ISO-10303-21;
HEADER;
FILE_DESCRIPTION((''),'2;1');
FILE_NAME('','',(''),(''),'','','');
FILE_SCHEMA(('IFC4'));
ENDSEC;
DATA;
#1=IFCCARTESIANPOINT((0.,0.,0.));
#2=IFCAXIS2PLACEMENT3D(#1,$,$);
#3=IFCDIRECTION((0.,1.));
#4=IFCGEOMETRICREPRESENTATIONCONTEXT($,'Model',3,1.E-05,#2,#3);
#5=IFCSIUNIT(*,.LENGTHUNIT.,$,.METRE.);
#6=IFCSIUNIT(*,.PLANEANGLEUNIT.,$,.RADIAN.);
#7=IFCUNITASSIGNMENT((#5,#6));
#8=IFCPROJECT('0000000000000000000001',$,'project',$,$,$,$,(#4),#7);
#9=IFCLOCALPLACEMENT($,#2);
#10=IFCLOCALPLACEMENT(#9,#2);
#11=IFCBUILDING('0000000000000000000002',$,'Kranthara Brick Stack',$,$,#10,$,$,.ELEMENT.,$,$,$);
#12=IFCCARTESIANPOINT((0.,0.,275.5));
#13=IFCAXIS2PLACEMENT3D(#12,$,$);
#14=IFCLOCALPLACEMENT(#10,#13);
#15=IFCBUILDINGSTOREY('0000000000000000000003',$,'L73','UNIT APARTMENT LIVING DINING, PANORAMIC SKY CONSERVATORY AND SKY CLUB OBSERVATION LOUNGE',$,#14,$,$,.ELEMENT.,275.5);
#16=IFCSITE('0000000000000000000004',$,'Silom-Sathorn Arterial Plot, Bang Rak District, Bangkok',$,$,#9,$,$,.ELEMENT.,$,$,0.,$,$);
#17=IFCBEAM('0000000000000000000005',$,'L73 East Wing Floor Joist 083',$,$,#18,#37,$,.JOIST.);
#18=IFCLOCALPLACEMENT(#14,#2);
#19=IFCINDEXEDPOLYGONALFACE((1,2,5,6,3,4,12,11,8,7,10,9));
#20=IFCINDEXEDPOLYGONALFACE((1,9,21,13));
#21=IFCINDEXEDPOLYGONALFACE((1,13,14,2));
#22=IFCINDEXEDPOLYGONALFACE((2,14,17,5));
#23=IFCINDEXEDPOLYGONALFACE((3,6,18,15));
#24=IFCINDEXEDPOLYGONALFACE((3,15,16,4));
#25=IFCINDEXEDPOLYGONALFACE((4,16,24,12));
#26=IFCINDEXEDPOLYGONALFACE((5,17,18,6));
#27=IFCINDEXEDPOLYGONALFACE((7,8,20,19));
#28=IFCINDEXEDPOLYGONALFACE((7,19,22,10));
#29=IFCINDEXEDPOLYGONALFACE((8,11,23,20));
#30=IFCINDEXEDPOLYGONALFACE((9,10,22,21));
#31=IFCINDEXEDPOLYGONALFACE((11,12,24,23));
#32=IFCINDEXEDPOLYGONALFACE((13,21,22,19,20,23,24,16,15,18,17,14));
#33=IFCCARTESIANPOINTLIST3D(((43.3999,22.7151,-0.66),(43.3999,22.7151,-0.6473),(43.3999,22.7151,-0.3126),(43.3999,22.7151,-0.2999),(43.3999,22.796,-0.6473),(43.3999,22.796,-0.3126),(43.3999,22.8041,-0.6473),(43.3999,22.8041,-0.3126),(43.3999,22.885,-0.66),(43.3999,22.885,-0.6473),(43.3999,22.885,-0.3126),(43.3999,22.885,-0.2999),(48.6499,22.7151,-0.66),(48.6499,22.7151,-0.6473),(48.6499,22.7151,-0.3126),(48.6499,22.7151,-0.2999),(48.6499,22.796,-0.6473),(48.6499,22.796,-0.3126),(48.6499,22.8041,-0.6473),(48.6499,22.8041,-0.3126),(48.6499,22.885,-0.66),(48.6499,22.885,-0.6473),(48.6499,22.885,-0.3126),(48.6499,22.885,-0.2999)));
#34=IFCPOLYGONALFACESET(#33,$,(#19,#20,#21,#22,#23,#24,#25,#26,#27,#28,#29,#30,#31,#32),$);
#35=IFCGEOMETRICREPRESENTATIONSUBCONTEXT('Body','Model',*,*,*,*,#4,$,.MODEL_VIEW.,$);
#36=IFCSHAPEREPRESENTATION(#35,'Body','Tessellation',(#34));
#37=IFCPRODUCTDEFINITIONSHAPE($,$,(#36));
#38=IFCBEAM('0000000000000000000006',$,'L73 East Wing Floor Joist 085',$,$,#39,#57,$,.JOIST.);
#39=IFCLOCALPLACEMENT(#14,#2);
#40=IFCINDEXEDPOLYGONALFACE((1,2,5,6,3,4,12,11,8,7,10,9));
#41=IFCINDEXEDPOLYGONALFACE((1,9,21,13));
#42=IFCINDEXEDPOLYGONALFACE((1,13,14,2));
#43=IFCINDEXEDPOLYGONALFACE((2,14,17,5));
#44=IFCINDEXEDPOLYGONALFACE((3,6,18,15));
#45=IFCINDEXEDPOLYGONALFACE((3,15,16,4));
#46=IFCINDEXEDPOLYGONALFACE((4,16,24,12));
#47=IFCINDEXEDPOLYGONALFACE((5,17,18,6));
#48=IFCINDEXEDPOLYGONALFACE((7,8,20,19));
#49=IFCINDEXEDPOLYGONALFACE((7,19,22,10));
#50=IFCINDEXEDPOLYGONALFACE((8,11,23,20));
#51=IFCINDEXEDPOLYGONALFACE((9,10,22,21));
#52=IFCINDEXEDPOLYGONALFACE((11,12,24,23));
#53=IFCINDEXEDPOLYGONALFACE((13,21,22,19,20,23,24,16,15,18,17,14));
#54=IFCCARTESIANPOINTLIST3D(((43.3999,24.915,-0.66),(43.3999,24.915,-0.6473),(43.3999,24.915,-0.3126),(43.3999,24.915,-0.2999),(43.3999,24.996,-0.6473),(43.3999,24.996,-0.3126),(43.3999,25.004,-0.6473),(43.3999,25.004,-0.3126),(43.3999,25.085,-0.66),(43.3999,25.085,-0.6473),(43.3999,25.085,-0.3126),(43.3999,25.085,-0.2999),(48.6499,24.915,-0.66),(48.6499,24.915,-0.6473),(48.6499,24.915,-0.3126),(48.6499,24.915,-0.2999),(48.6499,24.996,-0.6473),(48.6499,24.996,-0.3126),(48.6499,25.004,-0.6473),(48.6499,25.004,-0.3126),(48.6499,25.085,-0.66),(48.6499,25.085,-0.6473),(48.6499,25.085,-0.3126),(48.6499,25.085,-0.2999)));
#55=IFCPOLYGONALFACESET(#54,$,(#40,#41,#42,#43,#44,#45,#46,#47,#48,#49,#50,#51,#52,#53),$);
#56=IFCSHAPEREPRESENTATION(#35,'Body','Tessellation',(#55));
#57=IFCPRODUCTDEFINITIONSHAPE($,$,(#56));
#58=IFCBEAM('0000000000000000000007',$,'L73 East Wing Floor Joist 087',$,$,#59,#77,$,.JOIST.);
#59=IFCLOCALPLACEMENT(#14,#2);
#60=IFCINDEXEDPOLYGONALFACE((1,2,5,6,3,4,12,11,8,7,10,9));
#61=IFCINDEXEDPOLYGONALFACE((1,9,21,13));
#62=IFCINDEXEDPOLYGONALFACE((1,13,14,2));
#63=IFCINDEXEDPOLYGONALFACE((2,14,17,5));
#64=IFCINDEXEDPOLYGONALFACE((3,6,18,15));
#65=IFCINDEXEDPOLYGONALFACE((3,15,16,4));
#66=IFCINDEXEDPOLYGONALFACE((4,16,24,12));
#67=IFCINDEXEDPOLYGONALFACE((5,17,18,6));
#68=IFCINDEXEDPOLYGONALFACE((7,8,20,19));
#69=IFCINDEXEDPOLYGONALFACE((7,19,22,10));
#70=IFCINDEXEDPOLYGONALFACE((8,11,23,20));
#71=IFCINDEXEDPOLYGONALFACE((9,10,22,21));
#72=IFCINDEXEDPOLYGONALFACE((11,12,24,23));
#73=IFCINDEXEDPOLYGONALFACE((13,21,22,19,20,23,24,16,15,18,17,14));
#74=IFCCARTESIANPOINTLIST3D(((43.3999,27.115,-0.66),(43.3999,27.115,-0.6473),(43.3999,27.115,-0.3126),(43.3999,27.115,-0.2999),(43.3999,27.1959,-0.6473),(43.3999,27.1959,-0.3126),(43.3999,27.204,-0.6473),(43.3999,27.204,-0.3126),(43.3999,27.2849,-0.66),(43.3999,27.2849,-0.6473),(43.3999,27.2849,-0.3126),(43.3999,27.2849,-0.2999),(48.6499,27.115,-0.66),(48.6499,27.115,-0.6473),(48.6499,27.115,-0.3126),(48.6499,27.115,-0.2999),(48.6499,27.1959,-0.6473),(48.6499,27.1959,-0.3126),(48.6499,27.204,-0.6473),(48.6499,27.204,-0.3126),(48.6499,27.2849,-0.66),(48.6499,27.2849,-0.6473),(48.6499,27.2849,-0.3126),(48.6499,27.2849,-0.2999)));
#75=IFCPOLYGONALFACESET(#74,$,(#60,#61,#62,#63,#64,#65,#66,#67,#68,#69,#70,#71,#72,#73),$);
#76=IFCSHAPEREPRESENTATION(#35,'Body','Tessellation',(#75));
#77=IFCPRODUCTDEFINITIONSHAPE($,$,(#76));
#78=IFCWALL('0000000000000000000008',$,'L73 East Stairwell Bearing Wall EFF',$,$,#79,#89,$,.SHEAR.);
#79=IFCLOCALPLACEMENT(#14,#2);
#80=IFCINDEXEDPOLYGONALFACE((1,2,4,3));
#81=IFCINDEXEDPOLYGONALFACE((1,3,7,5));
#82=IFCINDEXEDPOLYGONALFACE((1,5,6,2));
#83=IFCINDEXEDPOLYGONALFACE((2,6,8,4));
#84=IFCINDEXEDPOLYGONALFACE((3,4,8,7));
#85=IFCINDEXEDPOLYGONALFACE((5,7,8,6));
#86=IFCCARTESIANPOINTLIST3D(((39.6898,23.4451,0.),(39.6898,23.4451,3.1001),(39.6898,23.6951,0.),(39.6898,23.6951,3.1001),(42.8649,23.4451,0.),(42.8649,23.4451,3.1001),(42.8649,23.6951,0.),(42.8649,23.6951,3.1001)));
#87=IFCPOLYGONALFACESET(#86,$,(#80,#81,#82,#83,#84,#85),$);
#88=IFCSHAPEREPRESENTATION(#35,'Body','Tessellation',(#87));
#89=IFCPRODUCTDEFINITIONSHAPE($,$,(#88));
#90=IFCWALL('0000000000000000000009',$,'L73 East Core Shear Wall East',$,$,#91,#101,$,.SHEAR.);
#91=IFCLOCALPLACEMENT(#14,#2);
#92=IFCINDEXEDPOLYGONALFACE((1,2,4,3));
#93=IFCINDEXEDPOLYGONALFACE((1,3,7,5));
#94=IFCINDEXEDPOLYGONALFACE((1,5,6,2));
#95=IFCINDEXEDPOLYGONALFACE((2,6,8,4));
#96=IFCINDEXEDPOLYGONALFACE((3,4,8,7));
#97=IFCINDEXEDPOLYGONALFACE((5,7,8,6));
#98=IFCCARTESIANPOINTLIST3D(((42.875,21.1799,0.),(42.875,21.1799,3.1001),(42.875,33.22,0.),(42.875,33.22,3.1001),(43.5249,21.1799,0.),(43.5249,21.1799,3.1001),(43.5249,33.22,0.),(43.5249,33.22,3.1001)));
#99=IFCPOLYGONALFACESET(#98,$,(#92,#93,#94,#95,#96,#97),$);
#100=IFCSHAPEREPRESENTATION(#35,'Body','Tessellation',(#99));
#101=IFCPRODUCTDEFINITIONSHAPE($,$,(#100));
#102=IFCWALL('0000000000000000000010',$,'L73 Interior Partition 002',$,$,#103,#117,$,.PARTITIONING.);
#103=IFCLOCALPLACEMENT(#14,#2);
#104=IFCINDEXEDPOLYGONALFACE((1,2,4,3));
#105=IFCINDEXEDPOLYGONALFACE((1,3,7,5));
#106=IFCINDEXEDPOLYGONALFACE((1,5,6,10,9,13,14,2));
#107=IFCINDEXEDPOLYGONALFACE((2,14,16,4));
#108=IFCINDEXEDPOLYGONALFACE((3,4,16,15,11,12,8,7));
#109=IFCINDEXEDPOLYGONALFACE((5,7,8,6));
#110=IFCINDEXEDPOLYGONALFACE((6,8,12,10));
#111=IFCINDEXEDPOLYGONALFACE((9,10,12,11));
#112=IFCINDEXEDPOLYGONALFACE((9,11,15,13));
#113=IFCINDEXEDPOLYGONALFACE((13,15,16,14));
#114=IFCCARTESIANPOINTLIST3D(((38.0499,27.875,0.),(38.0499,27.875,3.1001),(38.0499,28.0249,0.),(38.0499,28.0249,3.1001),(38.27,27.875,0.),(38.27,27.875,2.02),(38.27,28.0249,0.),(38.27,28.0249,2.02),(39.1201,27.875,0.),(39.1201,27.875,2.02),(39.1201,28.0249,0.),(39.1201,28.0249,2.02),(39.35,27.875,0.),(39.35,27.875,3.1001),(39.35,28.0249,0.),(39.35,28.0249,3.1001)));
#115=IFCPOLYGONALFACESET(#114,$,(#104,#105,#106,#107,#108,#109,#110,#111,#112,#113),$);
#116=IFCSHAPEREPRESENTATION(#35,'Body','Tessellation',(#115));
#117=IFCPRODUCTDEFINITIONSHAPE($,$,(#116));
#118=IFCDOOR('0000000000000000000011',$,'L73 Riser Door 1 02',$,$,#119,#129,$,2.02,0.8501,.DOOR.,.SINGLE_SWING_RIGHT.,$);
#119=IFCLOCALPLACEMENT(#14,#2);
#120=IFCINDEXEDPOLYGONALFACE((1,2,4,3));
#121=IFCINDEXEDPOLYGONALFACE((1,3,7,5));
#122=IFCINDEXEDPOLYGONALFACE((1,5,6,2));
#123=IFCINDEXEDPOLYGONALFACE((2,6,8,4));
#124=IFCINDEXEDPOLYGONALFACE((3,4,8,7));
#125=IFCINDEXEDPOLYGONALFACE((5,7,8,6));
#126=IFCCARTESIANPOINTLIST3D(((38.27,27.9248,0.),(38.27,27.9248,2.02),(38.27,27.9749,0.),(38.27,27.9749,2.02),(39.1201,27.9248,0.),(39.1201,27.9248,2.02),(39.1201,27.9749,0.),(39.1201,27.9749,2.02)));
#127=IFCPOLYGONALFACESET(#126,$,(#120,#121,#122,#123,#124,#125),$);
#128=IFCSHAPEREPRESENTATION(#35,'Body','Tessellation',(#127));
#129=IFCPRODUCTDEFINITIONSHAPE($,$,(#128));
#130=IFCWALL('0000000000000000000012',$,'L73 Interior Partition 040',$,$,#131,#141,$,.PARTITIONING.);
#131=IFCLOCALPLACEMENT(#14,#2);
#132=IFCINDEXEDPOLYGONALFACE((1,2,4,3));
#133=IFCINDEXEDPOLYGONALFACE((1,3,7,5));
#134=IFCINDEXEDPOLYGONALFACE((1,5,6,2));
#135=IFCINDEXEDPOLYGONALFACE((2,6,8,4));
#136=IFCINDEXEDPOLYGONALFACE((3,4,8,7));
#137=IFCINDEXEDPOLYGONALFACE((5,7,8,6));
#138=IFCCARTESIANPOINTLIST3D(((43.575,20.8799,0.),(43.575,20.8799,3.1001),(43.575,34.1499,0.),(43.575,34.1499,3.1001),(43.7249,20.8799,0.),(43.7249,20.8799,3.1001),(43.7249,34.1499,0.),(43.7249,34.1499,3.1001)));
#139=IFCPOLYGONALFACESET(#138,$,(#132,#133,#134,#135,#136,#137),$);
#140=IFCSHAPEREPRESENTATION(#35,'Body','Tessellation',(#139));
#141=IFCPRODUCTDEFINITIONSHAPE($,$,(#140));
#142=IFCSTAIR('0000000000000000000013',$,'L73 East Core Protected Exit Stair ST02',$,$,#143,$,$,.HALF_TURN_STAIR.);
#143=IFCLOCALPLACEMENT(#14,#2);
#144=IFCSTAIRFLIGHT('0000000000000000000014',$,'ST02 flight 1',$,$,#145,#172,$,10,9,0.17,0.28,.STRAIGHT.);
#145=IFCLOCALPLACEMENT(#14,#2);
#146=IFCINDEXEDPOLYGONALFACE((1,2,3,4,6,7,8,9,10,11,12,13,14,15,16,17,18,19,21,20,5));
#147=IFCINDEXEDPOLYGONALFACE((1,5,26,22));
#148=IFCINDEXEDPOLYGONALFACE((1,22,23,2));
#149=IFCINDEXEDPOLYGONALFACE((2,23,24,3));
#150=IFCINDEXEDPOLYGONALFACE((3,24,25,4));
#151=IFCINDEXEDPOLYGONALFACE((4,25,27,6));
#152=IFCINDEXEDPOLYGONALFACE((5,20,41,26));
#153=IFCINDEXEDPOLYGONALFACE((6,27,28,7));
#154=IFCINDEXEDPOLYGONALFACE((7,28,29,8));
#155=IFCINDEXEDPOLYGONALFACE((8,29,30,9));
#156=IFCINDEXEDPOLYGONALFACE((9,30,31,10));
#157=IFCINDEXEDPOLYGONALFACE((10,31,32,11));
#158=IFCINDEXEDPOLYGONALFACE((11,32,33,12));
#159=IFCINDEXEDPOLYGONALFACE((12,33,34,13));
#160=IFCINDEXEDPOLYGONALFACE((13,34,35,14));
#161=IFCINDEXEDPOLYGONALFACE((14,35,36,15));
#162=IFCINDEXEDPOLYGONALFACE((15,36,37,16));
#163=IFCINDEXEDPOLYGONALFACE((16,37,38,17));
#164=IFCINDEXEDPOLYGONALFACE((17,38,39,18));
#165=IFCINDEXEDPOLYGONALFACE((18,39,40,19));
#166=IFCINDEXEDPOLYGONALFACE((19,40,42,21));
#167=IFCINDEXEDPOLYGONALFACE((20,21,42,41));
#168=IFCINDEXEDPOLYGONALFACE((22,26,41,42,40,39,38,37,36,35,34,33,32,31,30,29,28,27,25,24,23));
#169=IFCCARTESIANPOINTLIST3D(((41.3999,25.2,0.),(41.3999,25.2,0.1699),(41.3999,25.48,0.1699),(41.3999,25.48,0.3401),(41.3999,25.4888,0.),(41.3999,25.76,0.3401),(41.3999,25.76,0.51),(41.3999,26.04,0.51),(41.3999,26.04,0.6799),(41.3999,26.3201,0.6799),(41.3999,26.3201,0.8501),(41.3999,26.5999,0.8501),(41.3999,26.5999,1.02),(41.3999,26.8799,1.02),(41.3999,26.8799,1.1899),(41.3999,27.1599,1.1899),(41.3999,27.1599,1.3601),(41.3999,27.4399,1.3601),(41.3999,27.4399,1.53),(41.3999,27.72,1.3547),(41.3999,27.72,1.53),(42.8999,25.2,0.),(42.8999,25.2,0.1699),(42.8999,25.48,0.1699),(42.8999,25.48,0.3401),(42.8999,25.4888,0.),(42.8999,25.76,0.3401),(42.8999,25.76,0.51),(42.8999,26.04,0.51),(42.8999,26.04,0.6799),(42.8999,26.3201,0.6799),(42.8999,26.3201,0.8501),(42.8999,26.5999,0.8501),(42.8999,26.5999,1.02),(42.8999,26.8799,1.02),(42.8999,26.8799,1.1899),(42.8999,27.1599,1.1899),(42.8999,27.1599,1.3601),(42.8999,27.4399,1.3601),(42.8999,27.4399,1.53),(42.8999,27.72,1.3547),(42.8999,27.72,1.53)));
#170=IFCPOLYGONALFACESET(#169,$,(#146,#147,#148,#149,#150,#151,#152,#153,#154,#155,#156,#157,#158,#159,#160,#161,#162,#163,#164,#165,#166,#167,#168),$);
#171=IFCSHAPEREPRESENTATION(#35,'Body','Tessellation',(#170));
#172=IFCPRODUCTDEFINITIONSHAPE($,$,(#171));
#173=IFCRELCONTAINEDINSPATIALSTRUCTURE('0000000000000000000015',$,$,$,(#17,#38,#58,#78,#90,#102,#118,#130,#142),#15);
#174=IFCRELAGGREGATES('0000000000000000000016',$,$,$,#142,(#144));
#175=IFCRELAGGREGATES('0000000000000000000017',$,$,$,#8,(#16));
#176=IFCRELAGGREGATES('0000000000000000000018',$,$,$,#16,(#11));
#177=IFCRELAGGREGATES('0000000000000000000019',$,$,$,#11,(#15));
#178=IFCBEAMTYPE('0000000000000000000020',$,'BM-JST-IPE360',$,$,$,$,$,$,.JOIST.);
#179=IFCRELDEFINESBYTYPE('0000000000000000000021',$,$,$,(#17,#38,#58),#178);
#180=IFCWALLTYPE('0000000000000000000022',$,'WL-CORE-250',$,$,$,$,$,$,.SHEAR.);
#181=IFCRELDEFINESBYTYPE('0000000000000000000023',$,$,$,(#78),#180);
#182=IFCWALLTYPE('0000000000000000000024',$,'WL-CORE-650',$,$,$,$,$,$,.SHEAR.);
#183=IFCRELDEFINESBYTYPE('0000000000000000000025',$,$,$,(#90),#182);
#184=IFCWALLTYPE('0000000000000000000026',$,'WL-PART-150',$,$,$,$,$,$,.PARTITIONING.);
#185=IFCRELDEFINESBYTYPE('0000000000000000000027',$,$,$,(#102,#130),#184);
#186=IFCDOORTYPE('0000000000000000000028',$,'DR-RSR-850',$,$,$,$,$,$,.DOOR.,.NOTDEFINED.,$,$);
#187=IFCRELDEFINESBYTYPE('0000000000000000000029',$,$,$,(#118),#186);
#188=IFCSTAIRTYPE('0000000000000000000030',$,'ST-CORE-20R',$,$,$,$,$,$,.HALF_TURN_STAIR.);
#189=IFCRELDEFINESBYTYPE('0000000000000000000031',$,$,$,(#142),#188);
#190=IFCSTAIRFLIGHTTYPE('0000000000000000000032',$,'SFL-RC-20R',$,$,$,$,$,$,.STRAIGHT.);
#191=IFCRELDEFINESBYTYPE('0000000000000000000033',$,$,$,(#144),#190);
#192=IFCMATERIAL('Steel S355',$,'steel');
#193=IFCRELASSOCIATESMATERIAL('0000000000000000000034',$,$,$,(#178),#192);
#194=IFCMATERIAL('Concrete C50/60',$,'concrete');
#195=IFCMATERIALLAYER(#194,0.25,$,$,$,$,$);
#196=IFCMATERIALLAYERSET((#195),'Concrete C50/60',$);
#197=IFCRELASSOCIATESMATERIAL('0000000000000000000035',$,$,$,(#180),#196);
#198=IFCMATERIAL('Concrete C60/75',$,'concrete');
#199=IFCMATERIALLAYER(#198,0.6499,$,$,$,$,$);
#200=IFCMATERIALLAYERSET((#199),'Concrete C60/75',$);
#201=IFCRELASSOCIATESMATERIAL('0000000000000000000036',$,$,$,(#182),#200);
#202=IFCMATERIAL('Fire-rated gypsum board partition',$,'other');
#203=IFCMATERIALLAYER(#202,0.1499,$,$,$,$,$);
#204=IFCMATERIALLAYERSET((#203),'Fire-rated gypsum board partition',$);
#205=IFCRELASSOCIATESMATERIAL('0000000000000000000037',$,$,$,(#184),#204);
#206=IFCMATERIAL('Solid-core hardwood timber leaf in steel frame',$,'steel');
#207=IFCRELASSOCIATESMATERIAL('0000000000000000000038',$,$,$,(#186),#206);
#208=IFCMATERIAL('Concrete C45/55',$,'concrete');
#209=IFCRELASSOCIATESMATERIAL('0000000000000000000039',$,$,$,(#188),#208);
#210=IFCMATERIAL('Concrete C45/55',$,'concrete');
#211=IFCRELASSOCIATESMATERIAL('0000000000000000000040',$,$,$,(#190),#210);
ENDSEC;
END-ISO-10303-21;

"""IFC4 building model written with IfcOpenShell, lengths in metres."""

from ifc_helpers import new_model, si_unit, direction, frame, frame_2d, origin, origin_2d, place, context, subcontext, project, spatial, polyline, rectangle, i_section, outline, extrude, material, layer, layer_set, material_profile, profile_set, type_object, element, fill, aggregate, save


model = new_model("IFC4")

# Units and contexts
model_context = context("Model", 3, precision=1e-05, world=origin(), true_north=direction((0.0, 1.0)))
body_context = subcontext(model_context, "Body", "Model", "MODEL_VIEW")
ifc_project = project(units=[si_unit("LENGTHUNIT", "METRE"), si_unit("PLANEANGLEUNIT", "RADIAN")], contexts=[model_context])

# Site, building, storey
site_placement = place(None, origin())
site = spatial("IfcSite", under=ifc_project, at=site_placement, Name="Silom-Sathorn Arterial Plot, Bang Rak District, Bangkok", CompositionType="ELEMENT", RefElevation=0.0)
building_placement = place(site_placement, origin())
building = spatial("IfcBuilding", under=site, at=building_placement, Name="Kranthara Brick Stack", CompositionType="ELEMENT")
storey_placement = place(building_placement, frame((0.0, 0.0, 275.5)))
storey = spatial("IfcBuildingStorey", under=building, at=storey_placement, Name="L73", Description="UNIT APARTMENT LIVING DINING, PANORAMIC SKY CONSERVATORY AND SKY CLUB OBSERVATION LOUNGE", CompositionType="ELEMENT", Elevation=275.5)

# Beams
ifc_material_1 = material(Name="Steel S355", Category="steel")
ifc_material_profile = material_profile(ifc_material_1, i_section(OverallWidth=0.1699, OverallDepth=0.3601, WebThickness=0.0081, FlangeThickness=0.0127, at=origin_2d()), Name="IPE 360")
ifc_profile_set = profile_set([ifc_material_profile], Name="Steel S355")
beam_type = type_object("IfcBeamType", Name="BM-JST-IPE360", PredefinedType="JOIST", material=ifc_profile_set)
for number, where, z_axis, x_axis, name in (
    (1, (43.3999, 22.8, -0.48), (1.0, 0.0, 0.0), (0.0, 1.0, 0.0), "L73 East Wing Floor Joist 083"),
    (2, (43.3999, 25.0, -0.48), (1.0, 0.0, 0.0), (0.0, 1.0, 0.0), "L73 East Wing Floor Joist 085"),
    (3, (43.3999, 27.2, -0.48), (1.0, 0.0, 0.0), (0.0, 1.0, 0.0), "L73 East Wing Floor Joist 087"),
):
    element("IfcBeam", number, at=place(storey_placement, frame(where, z_axis=z_axis, x_axis=x_axis)), inside=storey, type_object=beam_type, Name=name, PredefinedType="JOIST", context=body_context, shape_type="SweptSolid", body=[
        extrude(i_section(OverallWidth=0.1699, OverallDepth=0.3601, WebThickness=0.0081, FlangeThickness=0.0127, at=origin_2d()), origin(), (0.0, 0.0, 1.0), 5.25),
    ])

# Shared definitions
ifc_material_2 = material(Name="Concrete C50/60", Category="concrete")
ifc_layer_1 = layer(ifc_material_2, 0.25)
ifc_layer_set_1 = layer_set([ifc_layer_1], Name="Concrete C50/60")
wall_type_1 = type_object("IfcWallType", Name="WL-CORE-250", PredefinedType="SHEAR", material=ifc_layer_set_1)

# Walls
wall_1_placement = place(storey_placement, frame((39.6899, 23.5701, 0.0), z_axis=(0.0, 0.0, 1.0), x_axis=(1.0, 0.0, 0.0)))
element("IfcWall", 4, at=wall_1_placement, inside=storey, type_object=wall_type_1, Name="L73 East Stairwell Bearing Wall EFF", PredefinedType="SHEAR", context=body_context, shape_type="SweptSolid", body=[
    extrude(rectangle(XDim=3.175, YDim=0.25, at=frame_2d((1.5874, 0.0))), origin(), (0.0, 0.0, 1.0), 3.1001),
])
ifc_material_3 = material(Name="Concrete C60/75", Category="concrete")
ifc_layer_2 = layer(ifc_material_3, 0.6499)
ifc_layer_set_2 = layer_set([ifc_layer_2], Name="Concrete C60/75")
wall_type_2 = type_object("IfcWallType", Name="WL-CORE-650", PredefinedType="SHEAR", material=ifc_layer_set_2)
wall_2_placement = place(storey_placement, frame((43.2, 21.1799, 0.0), z_axis=(0.0, 0.0, 1.0), x_axis=(0.0, 1.0, 0.0)))
element("IfcWall", 5, at=wall_2_placement, inside=storey, type_object=wall_type_2, Name="L73 East Core Shear Wall East", PredefinedType="SHEAR", context=body_context, shape_type="SweptSolid", body=[
    extrude(rectangle(XDim=12.04, YDim=0.6499, at=frame_2d((6.02, 0.0))), origin(), (0.0, 0.0, 1.0), 3.1001),
])

# Wall, opening, door
ifc_material_4 = material(Name="Fire-rated gypsum board partition", Category="other")
ifc_layer_3 = layer(ifc_material_4, 0.1499)
ifc_layer_set_3 = layer_set([ifc_layer_3], Name="Fire-rated gypsum board partition")
wall_type_3 = type_object("IfcWallType", Name="WL-PART-150", PredefinedType="PARTITIONING", material=ifc_layer_set_3)
wall_3_placement = place(storey_placement, frame((38.05, 27.95, 0.0), z_axis=(0.0, 0.0, 1.0), x_axis=(1.0, 0.0, 0.0)))
wall_3 = element("IfcWall", 6, at=wall_3_placement, inside=storey, type_object=wall_type_3, Name="L73 Interior Partition 002", PredefinedType="PARTITIONING", context=body_context, shape_type="SweptSolid", body=[
    extrude(rectangle(XDim=1.3, YDim=0.1499, at=frame_2d((0.6499, 0.0))), origin(), (0.0, 0.0, 1.0), 3.1001),
])
opening_1_placement = place(wall_3_placement, frame((0.22, 0.0, 0.0)))
opening_1 = element("IfcOpeningElement", 7, at=opening_1_placement, cuts=wall_3, PredefinedType="OPENING", context=body_context, shape_type="SweptSolid", body=[
    extrude(rectangle(XDim=0.8501, YDim=2.02, at=frame_2d((0.425, 1.01))), frame((0.0, 0.085, 0.0), z_axis=(0.0, -1.0, 0.0), x_axis=(1.0, 0.0, 0.0)), (0.0, 0.0, 1.0), 0.1699),
])
ifc_material_5 = material(Name="Solid-core hardwood timber leaf in steel frame", Category="steel")
door_type_1 = type_object("IfcDoorType", Name="DR-RSR-850", OperationType="NOTDEFINED", PredefinedType="DOOR", material=ifc_material_5)
door_1_placement = place(opening_1_placement, origin())
door_1 = element("IfcDoor", 8, at=door_1_placement, inside=storey, type_object=door_type_1, Name="L73 Riser Door 1 02", OperationType="SINGLE_SWING_RIGHT", OverallHeight=2.02, OverallWidth=0.8501, PredefinedType="DOOR", context=body_context, shape_type="SweptSolid", body=[
    extrude(rectangle(XDim=0.8501, YDim=2.02, at=frame_2d((0.425, 1.01))), frame((0.0, 0.0249, 0.0), z_axis=(0.0, -1.0, 0.0), x_axis=(1.0, 0.0, 0.0)), (0.0, 0.0, 1.0), 0.05),
])
fill(opening_1, door_1)

# Wall
wall_4_placement = place(storey_placement, frame((43.6499, 20.8799, 0.0), z_axis=(0.0, 0.0, 1.0), x_axis=(0.0, 1.0, 0.0)))
element("IfcWall", 9, at=wall_4_placement, inside=storey, type_object=wall_type_3, Name="L73 Interior Partition 040", PredefinedType="PARTITIONING", context=body_context, shape_type="SweptSolid", body=[
    extrude(rectangle(XDim=13.27, YDim=0.1499, at=frame_2d((6.635, 0.0))), origin(), (0.0, 0.0, 1.0), 3.1001),
])

# Stair, stair flight
ifc_material_6 = material(Name="Concrete C45/55", Category="concrete")
stair_type = type_object("IfcStairType", Name="ST-CORE-20R", PredefinedType="HALF_TURN_STAIR", material=ifc_material_6)
stair_placement = place(storey_placement, origin())
stair = element("IfcStair", 10, at=stair_placement, inside=storey, type_object=stair_type, Name="L73 East Core Protected Exit Stair ST02", PredefinedType="HALF_TURN_STAIR")
ifc_material_7 = material(Name="Concrete C45/55", Category="concrete")
stair_flight_type = type_object("IfcStairFlightType", Name="SFL-RC-20R", PredefinedType="STRAIGHT", material=ifc_material_7)
stair_flight_1_placement = place(storey_placement, frame((42.1499, 25.2, 0.0), z_axis=(0.0, 0.0, 1.0), x_axis=(0.0, 1.0, 0.0)))
stair_flight_1 = element("IfcStairFlight", 11, at=stair_flight_1_placement, type_object=stair_flight_type, Name="ST02 flight 1", NumberOfRisers=10, NumberOfTreads=9, PredefinedType="STRAIGHT", RiserHeight=0.17, TreadLength=0.28, context=body_context, shape_type="SweptSolid", body=[
    extrude(outline(polyline([(0.0, 0.0), (0.0, 0.1699), (0.28, 0.1699), (0.28, 0.3401), (0.5601, 0.3401), (0.5601, 0.51), (0.8401, 0.51), (0.8401, 0.6799), (1.1201, 0.6799), (1.1201, 0.8501), (1.3999, 0.8501), (1.3999, 1.02), (1.6799, 1.02), (1.6799, 1.1899), (1.96, 1.1899), (1.96, 1.3601), (2.24, 1.3601), (2.24, 1.53), (2.52, 1.53), (2.52, 1.7), (2.52, 1.3547), (0.2888, 0.0), (0.0, 0.0)])), frame((0.0, 0.75, 0.0), z_axis=(0.0, -1.0, 0.0), x_axis=(1.0, 0.0, 0.0)), (0.0, 0.0, 1.0), 1.5),
])
aggregate(stair, [stair_flight_1])

save(model, "model.ifc")
